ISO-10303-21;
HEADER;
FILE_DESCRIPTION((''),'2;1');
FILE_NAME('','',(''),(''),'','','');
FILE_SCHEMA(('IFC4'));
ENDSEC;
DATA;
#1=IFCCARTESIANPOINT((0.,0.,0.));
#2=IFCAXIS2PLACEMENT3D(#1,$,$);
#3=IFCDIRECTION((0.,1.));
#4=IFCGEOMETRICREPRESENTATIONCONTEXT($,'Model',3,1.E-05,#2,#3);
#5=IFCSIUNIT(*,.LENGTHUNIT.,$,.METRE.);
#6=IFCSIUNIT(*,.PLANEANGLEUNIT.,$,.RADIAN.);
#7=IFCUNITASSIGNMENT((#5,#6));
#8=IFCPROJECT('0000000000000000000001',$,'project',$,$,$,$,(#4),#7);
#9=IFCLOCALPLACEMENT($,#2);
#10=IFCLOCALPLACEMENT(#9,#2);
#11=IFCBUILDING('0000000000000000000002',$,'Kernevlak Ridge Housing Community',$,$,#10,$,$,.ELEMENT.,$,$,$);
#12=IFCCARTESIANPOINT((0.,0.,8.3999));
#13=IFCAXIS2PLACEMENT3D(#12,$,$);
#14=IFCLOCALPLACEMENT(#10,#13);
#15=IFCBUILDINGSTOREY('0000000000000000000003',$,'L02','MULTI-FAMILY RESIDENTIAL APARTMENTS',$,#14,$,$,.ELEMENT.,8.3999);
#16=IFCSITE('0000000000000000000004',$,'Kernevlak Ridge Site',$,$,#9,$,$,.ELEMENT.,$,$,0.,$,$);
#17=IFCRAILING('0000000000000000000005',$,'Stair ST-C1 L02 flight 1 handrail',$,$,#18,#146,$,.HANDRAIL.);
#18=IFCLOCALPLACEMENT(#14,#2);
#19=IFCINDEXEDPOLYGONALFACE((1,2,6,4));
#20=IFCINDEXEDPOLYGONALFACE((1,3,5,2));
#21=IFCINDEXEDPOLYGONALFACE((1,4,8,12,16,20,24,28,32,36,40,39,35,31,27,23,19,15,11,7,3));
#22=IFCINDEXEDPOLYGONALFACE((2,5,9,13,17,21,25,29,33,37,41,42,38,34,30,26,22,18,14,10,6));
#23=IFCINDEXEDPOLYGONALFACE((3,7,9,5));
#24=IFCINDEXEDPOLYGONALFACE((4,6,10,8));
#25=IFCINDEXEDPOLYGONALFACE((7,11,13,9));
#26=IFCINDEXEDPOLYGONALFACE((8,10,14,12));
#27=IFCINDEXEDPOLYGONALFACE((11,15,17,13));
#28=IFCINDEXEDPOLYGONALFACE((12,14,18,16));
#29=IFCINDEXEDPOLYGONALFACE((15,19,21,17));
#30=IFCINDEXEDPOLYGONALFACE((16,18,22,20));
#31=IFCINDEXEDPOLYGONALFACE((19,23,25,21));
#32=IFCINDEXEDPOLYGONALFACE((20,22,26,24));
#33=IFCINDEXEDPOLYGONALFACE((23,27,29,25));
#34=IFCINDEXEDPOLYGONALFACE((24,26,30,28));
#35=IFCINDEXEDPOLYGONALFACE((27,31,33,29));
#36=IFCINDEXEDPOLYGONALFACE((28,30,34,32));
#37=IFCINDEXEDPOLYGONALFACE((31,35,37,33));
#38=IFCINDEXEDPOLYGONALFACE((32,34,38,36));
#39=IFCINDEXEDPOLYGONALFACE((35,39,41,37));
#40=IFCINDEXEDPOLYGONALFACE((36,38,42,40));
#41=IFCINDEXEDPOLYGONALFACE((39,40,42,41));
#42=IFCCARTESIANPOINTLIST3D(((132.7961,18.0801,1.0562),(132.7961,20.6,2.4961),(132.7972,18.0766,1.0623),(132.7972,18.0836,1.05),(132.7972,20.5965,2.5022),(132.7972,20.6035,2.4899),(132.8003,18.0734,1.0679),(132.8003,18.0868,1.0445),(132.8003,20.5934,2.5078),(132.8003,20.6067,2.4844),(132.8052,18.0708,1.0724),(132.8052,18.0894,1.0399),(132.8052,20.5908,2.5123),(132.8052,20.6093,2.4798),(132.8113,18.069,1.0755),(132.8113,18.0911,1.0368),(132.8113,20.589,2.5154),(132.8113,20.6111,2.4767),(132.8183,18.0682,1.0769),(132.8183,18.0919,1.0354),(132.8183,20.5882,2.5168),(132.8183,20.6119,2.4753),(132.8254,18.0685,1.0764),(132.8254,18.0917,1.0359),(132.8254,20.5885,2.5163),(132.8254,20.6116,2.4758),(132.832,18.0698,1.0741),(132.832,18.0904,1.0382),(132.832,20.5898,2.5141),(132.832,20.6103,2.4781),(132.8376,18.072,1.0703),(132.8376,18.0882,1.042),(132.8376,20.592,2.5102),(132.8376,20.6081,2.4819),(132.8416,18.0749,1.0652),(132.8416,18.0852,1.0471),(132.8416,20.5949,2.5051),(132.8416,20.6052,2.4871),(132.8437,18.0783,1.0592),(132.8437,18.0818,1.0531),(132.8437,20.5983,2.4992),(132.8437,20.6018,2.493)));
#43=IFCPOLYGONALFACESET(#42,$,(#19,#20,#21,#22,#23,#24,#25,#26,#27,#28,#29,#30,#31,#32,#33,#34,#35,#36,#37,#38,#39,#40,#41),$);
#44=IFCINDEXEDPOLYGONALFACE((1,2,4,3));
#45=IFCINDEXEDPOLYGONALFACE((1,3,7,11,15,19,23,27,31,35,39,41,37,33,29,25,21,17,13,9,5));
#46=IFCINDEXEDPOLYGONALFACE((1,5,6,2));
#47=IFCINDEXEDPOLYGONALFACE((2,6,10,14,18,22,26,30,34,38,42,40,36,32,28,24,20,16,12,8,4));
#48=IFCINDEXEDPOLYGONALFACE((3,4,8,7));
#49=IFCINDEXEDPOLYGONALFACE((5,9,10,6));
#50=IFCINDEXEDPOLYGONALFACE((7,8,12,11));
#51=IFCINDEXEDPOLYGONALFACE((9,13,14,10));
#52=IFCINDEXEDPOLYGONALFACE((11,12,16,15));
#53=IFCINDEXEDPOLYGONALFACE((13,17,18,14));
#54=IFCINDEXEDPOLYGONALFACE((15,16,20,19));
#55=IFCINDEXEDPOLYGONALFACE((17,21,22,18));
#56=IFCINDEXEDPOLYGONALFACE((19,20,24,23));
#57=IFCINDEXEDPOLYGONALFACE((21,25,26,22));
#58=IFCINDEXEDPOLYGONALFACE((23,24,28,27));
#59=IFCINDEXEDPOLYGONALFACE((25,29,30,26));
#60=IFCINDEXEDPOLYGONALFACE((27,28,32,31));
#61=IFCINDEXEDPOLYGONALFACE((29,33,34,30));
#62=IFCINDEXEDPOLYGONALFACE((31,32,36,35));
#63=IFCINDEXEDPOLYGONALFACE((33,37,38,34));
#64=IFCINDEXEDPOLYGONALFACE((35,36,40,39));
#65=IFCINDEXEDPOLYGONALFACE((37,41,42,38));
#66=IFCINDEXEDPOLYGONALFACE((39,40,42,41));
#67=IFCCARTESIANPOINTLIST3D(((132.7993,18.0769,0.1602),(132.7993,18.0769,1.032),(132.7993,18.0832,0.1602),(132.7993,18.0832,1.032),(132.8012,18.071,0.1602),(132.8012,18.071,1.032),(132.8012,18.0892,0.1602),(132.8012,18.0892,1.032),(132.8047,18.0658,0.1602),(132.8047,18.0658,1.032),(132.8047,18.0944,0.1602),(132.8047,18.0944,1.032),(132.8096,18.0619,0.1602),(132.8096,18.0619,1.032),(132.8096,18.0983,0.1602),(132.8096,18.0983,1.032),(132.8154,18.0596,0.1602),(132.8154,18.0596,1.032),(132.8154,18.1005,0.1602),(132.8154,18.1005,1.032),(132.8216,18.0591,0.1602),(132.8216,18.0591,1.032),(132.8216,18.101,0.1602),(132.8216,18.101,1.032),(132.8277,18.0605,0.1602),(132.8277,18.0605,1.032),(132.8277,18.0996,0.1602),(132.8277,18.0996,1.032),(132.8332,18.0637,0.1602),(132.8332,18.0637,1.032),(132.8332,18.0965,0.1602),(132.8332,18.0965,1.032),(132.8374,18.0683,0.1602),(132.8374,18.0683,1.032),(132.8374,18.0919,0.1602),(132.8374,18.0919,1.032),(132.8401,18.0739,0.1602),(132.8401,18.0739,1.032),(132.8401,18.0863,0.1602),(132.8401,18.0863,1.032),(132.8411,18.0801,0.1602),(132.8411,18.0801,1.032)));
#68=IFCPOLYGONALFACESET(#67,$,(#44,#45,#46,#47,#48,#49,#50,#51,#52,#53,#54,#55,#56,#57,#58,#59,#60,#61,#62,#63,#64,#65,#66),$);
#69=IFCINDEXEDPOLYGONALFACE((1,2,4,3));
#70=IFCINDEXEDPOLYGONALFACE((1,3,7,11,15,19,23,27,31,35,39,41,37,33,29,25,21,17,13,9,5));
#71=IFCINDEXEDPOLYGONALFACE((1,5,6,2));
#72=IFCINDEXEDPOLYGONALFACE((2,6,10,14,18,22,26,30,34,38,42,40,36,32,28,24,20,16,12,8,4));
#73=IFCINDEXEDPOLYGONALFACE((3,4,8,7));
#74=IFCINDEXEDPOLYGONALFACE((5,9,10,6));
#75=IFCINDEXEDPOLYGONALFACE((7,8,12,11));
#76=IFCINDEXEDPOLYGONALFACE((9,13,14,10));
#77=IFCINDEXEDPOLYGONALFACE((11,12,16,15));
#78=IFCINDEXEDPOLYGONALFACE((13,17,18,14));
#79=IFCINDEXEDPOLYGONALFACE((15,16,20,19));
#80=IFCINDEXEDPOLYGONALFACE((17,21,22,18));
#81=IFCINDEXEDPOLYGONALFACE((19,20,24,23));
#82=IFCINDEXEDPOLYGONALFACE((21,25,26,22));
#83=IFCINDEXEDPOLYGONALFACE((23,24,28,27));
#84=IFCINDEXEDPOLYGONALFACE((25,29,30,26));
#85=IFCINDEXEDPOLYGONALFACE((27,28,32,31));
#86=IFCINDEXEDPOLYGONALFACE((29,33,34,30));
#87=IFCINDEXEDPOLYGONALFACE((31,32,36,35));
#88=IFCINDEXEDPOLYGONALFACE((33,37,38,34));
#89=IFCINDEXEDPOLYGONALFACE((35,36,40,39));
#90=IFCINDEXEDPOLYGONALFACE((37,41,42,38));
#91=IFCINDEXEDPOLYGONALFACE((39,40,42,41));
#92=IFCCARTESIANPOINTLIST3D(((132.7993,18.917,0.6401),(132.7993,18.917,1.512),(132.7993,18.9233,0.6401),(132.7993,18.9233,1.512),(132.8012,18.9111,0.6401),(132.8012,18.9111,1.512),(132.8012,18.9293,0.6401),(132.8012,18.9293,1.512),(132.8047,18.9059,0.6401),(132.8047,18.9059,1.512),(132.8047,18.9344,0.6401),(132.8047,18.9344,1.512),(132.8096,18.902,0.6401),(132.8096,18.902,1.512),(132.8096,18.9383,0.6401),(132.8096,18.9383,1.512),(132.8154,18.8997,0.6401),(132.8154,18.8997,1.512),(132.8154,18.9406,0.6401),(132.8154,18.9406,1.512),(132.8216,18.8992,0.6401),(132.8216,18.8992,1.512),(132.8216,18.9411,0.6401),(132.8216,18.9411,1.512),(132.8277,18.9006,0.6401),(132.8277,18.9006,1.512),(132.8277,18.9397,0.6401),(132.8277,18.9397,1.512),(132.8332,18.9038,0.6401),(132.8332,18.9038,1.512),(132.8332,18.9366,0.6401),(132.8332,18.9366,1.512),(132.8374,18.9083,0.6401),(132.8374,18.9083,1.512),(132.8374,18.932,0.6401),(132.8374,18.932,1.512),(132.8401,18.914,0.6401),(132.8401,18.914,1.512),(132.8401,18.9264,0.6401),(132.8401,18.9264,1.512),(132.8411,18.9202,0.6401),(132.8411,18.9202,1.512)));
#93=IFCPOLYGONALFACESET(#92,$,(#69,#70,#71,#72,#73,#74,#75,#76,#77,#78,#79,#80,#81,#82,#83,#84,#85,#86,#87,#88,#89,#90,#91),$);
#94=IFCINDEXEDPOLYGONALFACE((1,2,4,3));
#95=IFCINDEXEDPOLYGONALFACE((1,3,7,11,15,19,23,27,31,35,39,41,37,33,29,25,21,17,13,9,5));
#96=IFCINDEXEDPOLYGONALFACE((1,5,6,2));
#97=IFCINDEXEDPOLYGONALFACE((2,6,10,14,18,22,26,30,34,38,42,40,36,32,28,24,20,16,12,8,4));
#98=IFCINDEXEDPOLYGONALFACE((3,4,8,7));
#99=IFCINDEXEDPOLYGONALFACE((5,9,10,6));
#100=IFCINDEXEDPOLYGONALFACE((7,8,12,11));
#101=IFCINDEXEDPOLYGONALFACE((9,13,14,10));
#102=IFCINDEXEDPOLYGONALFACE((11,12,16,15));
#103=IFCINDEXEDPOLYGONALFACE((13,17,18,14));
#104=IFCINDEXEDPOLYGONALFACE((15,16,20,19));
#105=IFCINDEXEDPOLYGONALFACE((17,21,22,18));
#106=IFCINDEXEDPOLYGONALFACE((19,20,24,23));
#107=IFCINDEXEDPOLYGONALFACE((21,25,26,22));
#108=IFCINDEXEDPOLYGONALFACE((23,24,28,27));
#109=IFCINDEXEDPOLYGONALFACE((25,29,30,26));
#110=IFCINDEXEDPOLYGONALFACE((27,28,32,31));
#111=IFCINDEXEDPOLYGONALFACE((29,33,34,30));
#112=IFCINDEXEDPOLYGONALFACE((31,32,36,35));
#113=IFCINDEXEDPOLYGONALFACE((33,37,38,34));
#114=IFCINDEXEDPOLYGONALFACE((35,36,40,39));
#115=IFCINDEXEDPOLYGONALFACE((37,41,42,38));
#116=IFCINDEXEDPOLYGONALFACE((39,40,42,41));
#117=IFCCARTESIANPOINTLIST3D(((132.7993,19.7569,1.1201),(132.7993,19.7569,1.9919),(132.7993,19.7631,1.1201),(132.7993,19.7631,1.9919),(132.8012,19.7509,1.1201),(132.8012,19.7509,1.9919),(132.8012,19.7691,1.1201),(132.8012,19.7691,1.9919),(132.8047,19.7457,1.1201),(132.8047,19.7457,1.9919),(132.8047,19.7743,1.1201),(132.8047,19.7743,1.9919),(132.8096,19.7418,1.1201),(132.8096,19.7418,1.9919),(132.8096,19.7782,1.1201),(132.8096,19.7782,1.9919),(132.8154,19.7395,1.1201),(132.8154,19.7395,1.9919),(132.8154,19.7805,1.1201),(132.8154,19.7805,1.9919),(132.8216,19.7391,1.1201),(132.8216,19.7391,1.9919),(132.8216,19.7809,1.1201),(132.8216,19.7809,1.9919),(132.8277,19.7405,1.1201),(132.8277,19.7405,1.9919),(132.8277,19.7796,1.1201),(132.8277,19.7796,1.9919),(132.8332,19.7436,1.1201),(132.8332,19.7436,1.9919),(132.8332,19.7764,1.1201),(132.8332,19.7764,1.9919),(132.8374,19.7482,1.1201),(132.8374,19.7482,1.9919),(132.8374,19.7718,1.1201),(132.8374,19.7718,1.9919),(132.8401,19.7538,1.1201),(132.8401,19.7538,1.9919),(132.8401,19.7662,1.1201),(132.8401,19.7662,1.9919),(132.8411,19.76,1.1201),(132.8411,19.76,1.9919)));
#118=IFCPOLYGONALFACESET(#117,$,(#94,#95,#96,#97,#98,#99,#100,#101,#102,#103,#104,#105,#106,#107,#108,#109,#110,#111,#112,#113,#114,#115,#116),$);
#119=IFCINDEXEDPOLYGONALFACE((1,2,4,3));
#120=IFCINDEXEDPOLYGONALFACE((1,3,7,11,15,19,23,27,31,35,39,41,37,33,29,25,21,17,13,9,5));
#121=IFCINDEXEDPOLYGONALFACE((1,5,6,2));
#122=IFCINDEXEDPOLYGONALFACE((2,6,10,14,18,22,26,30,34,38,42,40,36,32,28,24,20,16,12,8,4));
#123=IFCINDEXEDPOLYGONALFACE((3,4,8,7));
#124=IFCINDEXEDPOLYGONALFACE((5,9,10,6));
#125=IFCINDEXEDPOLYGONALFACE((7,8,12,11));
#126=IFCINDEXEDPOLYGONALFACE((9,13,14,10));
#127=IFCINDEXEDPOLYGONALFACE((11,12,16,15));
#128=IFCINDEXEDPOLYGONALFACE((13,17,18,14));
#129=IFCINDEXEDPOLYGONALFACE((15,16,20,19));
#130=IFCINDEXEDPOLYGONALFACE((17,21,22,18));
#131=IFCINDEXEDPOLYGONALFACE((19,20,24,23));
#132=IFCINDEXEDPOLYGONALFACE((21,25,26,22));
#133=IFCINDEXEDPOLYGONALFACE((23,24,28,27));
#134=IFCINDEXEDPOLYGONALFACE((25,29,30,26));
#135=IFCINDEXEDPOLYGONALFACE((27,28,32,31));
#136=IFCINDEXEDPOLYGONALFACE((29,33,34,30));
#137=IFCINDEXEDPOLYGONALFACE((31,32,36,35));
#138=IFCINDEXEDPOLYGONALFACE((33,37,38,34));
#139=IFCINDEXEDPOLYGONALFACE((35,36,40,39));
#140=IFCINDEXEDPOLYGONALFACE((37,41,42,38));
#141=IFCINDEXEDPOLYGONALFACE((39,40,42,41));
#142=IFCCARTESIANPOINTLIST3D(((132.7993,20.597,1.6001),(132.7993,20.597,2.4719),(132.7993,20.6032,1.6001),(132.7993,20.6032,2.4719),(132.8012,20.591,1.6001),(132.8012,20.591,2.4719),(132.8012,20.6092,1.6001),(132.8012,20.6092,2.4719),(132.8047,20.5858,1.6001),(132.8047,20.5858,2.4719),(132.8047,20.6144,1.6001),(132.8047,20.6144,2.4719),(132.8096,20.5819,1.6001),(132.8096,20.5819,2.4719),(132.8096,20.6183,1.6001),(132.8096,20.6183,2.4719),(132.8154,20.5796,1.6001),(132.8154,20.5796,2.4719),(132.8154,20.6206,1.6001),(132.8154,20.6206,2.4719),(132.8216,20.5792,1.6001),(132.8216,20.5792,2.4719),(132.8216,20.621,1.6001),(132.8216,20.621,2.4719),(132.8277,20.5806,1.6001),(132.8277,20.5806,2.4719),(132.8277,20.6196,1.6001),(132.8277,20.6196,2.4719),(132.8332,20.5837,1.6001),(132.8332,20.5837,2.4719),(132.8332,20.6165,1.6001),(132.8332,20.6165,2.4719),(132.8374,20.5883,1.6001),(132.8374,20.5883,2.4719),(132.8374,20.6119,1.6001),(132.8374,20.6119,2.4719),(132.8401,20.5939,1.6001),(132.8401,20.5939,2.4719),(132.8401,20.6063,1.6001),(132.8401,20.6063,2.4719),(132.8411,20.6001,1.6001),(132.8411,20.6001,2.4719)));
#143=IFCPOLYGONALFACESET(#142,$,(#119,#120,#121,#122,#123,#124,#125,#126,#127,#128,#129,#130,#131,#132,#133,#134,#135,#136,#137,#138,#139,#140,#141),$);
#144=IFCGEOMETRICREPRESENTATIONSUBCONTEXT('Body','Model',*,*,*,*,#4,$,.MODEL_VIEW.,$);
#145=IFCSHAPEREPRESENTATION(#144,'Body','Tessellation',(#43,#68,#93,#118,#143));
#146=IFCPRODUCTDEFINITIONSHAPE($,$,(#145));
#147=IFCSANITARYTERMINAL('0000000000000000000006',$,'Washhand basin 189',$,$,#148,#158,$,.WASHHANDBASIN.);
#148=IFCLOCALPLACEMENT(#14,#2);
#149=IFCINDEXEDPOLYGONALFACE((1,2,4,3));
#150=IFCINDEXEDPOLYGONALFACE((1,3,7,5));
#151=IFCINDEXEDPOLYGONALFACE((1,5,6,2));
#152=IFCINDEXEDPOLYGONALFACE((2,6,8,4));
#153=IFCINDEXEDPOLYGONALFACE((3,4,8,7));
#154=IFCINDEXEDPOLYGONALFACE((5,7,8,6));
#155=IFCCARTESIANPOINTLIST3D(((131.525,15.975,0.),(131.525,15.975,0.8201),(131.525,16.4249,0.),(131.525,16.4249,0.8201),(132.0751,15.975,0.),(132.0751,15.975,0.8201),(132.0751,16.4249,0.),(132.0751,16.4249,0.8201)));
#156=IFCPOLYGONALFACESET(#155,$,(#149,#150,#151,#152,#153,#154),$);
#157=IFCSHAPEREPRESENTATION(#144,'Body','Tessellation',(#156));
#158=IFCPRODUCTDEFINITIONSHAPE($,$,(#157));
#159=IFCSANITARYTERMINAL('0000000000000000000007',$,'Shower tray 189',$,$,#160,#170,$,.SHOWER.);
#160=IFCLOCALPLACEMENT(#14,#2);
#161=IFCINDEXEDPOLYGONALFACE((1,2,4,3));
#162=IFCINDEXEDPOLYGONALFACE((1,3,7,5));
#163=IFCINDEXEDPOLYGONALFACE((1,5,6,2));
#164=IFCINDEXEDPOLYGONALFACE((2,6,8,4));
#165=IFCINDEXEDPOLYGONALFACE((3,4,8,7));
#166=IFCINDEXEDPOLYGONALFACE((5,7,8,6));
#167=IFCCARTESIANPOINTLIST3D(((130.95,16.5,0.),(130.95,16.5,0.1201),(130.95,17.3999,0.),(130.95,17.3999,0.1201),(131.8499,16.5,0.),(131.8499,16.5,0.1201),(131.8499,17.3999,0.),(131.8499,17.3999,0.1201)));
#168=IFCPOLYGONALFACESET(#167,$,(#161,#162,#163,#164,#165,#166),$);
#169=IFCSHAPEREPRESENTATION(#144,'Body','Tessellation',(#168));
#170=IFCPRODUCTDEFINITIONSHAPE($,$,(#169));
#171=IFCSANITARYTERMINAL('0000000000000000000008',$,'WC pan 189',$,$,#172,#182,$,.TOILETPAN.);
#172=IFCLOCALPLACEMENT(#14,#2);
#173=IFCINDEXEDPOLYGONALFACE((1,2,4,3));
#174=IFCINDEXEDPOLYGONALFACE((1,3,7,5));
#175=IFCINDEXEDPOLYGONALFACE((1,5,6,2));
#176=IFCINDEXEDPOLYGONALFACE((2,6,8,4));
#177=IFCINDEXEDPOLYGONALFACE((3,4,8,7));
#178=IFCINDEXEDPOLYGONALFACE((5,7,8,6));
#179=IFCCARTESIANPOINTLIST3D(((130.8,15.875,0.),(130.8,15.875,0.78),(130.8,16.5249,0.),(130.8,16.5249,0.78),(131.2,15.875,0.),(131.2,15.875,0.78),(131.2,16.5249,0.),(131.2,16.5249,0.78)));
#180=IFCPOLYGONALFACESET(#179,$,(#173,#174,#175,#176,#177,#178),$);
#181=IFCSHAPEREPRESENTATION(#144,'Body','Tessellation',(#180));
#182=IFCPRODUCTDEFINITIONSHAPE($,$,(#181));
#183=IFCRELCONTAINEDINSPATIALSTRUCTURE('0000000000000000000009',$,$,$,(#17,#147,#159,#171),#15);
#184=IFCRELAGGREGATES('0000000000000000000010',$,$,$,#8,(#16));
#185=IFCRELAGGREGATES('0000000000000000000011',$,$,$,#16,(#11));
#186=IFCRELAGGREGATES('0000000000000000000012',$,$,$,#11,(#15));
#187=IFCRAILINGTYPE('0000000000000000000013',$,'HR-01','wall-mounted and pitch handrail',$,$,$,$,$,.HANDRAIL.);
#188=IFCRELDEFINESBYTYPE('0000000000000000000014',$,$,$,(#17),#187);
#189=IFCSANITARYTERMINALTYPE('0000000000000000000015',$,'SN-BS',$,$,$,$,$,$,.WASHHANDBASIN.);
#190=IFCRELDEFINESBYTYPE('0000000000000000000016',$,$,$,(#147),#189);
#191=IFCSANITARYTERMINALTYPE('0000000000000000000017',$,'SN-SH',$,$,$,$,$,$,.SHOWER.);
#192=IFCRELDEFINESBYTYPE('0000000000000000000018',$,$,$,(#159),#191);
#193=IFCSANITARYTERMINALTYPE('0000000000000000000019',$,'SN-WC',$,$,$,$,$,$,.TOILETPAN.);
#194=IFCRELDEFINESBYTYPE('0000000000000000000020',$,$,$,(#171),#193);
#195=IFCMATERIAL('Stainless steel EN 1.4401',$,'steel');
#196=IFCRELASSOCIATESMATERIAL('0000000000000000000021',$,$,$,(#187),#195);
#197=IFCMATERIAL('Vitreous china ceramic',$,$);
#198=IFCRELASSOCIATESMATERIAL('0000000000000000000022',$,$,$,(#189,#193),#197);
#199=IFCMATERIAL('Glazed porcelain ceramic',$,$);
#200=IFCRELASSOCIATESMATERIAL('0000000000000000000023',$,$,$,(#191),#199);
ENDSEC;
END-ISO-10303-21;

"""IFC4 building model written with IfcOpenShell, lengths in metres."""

from ifc_helpers import new_model, si_unit, direction, frame, origin, origin_2d, place, context, subcontext, project, spatial, rectangle, circle, extrude, material, type_object, element, save


model = new_model("IFC4")

# Units and contexts
model_context = context("Model", 3, precision=1e-05, world=origin(), true_north=direction((0.0, 1.0)))
body_context = subcontext(model_context, "Body", "Model", "MODEL_VIEW")
ifc_project = project(units=[si_unit("LENGTHUNIT", "METRE"), si_unit("PLANEANGLEUNIT", "RADIAN")], contexts=[model_context])

# Site, building, storey
site_placement = place(None, origin())
site = spatial("IfcSite", under=ifc_project, at=site_placement, Name="Kernevlak Ridge Site", CompositionType="ELEMENT", RefElevation=0.0)
building_placement = place(site_placement, origin())
building = spatial("IfcBuilding", under=site, at=building_placement, Name="Kernevlak Ridge Housing Community", CompositionType="ELEMENT")
storey_placement = place(building_placement, frame((0.0, 0.0, 8.3999)))
storey = spatial("IfcBuildingStorey", under=building, at=storey_placement, Name="L02", Description="MULTI-FAMILY RESIDENTIAL APARTMENTS", CompositionType="ELEMENT", Elevation=8.3999)

# Railing
ifc_material_1 = material(Name="Stainless steel EN 1.4401", Category="steel")
railing_type_1 = type_object("IfcRailingType", Name="HR-01", Description="wall-mounted and pitch handrail", PredefinedType="HANDRAIL", material=ifc_material_1)
railing_1_placement = place(storey_placement, frame((132.8201, 18.0801, 0.1602)))
element("IfcRailing", 1, at=railing_1_placement, inside=storey, type_object=railing_type_1, Name="Stair ST-C1 L02 flight 1 handrail", PredefinedType="HANDRAIL", context=body_context, shape_type="SweptSolid", body=[
    extrude(circle(Radius=0.0239, at=origin_2d()), frame((0.0, 0.0, 0.896), z_axis=(0.0, 0.868253, 0.496121), x_axis=(-1.0, 0.0, 0.0)), (0.0, 0.0, 1.0), 2.9023),
    extrude(circle(Radius=0.021, at=origin_2d()), origin(), (0.0, 0.0, 1.0), 0.8718),
    extrude(circle(Radius=0.021, at=origin_2d()), frame((0.0, 0.8401, 0.48)), (0.0, 0.0, 1.0), 0.8718),
    extrude(circle(Radius=0.021, at=origin_2d()), frame((0.0, 1.6799, 0.96)), (0.0, 0.0, 1.0), 0.8718),
    extrude(circle(Radius=0.021, at=origin_2d()), frame((0.0, 2.52, 1.4399)), (0.0, 0.0, 1.0), 0.8718),
])

# Sanitary terminals
ifc_material_2 = material(Name="Vitreous china ceramic")
sanitary_terminal_type_1 = type_object("IfcSanitaryTerminalType", Name="SN-BS", PredefinedType="WASHHANDBASIN", material=ifc_material_2)
sanitary_terminal_1_placement = place(storey_placement, frame((131.8, 16.2, 0.0), z_axis=(0.0, 0.0, 1.0), x_axis=(1.0, 0.0, 0.0)))
element("IfcSanitaryTerminal", 2, at=sanitary_terminal_1_placement, inside=storey, type_object=sanitary_terminal_type_1, Name="Washhand basin 189", PredefinedType="WASHHANDBASIN", context=body_context, shape_type="SweptSolid", body=[
    extrude(rectangle(XDim=0.55, YDim=0.45, at=origin_2d()), origin(), (0.0, 0.0, 1.0), 0.8201),
])
ifc_material_3 = material(Name="Glazed porcelain ceramic")
sanitary_terminal_type_2 = type_object("IfcSanitaryTerminalType", Name="SN-SH", PredefinedType="SHOWER", material=ifc_material_3)
sanitary_terminal_2_placement = place(storey_placement, frame((131.3999, 16.95, 0.0), z_axis=(0.0, 0.0, 1.0), x_axis=(1.0, 0.0, 0.0)))
element("IfcSanitaryTerminal", 3, at=sanitary_terminal_2_placement, inside=storey, type_object=sanitary_terminal_type_2, Name="Shower tray 189", PredefinedType="SHOWER", context=body_context, shape_type="SweptSolid", body=[
    extrude(rectangle(XDim=0.8999, YDim=0.8999, at=origin_2d()), origin(), (0.0, 0.0, 1.0), 0.1201),
])
sanitary_terminal_type_3 = type_object("IfcSanitaryTerminalType", Name="SN-WC", PredefinedType="TOILETPAN", material=ifc_material_2)
sanitary_terminal_3_placement = place(storey_placement, frame((131.0, 16.2, 0.0), z_axis=(0.0, 0.0, 1.0), x_axis=(1.0, 0.0, 0.0)))
element("IfcSanitaryTerminal", 4, at=sanitary_terminal_3_placement, inside=storey, type_object=sanitary_terminal_type_3, Name="WC pan 189", PredefinedType="TOILETPAN", context=body_context, shape_type="SweptSolid", body=[
    extrude(rectangle(XDim=0.3999, YDim=0.6499, at=origin_2d()), origin(), (0.0, 0.0, 1.0), 0.78),
])

save(model, "model.ifc")
